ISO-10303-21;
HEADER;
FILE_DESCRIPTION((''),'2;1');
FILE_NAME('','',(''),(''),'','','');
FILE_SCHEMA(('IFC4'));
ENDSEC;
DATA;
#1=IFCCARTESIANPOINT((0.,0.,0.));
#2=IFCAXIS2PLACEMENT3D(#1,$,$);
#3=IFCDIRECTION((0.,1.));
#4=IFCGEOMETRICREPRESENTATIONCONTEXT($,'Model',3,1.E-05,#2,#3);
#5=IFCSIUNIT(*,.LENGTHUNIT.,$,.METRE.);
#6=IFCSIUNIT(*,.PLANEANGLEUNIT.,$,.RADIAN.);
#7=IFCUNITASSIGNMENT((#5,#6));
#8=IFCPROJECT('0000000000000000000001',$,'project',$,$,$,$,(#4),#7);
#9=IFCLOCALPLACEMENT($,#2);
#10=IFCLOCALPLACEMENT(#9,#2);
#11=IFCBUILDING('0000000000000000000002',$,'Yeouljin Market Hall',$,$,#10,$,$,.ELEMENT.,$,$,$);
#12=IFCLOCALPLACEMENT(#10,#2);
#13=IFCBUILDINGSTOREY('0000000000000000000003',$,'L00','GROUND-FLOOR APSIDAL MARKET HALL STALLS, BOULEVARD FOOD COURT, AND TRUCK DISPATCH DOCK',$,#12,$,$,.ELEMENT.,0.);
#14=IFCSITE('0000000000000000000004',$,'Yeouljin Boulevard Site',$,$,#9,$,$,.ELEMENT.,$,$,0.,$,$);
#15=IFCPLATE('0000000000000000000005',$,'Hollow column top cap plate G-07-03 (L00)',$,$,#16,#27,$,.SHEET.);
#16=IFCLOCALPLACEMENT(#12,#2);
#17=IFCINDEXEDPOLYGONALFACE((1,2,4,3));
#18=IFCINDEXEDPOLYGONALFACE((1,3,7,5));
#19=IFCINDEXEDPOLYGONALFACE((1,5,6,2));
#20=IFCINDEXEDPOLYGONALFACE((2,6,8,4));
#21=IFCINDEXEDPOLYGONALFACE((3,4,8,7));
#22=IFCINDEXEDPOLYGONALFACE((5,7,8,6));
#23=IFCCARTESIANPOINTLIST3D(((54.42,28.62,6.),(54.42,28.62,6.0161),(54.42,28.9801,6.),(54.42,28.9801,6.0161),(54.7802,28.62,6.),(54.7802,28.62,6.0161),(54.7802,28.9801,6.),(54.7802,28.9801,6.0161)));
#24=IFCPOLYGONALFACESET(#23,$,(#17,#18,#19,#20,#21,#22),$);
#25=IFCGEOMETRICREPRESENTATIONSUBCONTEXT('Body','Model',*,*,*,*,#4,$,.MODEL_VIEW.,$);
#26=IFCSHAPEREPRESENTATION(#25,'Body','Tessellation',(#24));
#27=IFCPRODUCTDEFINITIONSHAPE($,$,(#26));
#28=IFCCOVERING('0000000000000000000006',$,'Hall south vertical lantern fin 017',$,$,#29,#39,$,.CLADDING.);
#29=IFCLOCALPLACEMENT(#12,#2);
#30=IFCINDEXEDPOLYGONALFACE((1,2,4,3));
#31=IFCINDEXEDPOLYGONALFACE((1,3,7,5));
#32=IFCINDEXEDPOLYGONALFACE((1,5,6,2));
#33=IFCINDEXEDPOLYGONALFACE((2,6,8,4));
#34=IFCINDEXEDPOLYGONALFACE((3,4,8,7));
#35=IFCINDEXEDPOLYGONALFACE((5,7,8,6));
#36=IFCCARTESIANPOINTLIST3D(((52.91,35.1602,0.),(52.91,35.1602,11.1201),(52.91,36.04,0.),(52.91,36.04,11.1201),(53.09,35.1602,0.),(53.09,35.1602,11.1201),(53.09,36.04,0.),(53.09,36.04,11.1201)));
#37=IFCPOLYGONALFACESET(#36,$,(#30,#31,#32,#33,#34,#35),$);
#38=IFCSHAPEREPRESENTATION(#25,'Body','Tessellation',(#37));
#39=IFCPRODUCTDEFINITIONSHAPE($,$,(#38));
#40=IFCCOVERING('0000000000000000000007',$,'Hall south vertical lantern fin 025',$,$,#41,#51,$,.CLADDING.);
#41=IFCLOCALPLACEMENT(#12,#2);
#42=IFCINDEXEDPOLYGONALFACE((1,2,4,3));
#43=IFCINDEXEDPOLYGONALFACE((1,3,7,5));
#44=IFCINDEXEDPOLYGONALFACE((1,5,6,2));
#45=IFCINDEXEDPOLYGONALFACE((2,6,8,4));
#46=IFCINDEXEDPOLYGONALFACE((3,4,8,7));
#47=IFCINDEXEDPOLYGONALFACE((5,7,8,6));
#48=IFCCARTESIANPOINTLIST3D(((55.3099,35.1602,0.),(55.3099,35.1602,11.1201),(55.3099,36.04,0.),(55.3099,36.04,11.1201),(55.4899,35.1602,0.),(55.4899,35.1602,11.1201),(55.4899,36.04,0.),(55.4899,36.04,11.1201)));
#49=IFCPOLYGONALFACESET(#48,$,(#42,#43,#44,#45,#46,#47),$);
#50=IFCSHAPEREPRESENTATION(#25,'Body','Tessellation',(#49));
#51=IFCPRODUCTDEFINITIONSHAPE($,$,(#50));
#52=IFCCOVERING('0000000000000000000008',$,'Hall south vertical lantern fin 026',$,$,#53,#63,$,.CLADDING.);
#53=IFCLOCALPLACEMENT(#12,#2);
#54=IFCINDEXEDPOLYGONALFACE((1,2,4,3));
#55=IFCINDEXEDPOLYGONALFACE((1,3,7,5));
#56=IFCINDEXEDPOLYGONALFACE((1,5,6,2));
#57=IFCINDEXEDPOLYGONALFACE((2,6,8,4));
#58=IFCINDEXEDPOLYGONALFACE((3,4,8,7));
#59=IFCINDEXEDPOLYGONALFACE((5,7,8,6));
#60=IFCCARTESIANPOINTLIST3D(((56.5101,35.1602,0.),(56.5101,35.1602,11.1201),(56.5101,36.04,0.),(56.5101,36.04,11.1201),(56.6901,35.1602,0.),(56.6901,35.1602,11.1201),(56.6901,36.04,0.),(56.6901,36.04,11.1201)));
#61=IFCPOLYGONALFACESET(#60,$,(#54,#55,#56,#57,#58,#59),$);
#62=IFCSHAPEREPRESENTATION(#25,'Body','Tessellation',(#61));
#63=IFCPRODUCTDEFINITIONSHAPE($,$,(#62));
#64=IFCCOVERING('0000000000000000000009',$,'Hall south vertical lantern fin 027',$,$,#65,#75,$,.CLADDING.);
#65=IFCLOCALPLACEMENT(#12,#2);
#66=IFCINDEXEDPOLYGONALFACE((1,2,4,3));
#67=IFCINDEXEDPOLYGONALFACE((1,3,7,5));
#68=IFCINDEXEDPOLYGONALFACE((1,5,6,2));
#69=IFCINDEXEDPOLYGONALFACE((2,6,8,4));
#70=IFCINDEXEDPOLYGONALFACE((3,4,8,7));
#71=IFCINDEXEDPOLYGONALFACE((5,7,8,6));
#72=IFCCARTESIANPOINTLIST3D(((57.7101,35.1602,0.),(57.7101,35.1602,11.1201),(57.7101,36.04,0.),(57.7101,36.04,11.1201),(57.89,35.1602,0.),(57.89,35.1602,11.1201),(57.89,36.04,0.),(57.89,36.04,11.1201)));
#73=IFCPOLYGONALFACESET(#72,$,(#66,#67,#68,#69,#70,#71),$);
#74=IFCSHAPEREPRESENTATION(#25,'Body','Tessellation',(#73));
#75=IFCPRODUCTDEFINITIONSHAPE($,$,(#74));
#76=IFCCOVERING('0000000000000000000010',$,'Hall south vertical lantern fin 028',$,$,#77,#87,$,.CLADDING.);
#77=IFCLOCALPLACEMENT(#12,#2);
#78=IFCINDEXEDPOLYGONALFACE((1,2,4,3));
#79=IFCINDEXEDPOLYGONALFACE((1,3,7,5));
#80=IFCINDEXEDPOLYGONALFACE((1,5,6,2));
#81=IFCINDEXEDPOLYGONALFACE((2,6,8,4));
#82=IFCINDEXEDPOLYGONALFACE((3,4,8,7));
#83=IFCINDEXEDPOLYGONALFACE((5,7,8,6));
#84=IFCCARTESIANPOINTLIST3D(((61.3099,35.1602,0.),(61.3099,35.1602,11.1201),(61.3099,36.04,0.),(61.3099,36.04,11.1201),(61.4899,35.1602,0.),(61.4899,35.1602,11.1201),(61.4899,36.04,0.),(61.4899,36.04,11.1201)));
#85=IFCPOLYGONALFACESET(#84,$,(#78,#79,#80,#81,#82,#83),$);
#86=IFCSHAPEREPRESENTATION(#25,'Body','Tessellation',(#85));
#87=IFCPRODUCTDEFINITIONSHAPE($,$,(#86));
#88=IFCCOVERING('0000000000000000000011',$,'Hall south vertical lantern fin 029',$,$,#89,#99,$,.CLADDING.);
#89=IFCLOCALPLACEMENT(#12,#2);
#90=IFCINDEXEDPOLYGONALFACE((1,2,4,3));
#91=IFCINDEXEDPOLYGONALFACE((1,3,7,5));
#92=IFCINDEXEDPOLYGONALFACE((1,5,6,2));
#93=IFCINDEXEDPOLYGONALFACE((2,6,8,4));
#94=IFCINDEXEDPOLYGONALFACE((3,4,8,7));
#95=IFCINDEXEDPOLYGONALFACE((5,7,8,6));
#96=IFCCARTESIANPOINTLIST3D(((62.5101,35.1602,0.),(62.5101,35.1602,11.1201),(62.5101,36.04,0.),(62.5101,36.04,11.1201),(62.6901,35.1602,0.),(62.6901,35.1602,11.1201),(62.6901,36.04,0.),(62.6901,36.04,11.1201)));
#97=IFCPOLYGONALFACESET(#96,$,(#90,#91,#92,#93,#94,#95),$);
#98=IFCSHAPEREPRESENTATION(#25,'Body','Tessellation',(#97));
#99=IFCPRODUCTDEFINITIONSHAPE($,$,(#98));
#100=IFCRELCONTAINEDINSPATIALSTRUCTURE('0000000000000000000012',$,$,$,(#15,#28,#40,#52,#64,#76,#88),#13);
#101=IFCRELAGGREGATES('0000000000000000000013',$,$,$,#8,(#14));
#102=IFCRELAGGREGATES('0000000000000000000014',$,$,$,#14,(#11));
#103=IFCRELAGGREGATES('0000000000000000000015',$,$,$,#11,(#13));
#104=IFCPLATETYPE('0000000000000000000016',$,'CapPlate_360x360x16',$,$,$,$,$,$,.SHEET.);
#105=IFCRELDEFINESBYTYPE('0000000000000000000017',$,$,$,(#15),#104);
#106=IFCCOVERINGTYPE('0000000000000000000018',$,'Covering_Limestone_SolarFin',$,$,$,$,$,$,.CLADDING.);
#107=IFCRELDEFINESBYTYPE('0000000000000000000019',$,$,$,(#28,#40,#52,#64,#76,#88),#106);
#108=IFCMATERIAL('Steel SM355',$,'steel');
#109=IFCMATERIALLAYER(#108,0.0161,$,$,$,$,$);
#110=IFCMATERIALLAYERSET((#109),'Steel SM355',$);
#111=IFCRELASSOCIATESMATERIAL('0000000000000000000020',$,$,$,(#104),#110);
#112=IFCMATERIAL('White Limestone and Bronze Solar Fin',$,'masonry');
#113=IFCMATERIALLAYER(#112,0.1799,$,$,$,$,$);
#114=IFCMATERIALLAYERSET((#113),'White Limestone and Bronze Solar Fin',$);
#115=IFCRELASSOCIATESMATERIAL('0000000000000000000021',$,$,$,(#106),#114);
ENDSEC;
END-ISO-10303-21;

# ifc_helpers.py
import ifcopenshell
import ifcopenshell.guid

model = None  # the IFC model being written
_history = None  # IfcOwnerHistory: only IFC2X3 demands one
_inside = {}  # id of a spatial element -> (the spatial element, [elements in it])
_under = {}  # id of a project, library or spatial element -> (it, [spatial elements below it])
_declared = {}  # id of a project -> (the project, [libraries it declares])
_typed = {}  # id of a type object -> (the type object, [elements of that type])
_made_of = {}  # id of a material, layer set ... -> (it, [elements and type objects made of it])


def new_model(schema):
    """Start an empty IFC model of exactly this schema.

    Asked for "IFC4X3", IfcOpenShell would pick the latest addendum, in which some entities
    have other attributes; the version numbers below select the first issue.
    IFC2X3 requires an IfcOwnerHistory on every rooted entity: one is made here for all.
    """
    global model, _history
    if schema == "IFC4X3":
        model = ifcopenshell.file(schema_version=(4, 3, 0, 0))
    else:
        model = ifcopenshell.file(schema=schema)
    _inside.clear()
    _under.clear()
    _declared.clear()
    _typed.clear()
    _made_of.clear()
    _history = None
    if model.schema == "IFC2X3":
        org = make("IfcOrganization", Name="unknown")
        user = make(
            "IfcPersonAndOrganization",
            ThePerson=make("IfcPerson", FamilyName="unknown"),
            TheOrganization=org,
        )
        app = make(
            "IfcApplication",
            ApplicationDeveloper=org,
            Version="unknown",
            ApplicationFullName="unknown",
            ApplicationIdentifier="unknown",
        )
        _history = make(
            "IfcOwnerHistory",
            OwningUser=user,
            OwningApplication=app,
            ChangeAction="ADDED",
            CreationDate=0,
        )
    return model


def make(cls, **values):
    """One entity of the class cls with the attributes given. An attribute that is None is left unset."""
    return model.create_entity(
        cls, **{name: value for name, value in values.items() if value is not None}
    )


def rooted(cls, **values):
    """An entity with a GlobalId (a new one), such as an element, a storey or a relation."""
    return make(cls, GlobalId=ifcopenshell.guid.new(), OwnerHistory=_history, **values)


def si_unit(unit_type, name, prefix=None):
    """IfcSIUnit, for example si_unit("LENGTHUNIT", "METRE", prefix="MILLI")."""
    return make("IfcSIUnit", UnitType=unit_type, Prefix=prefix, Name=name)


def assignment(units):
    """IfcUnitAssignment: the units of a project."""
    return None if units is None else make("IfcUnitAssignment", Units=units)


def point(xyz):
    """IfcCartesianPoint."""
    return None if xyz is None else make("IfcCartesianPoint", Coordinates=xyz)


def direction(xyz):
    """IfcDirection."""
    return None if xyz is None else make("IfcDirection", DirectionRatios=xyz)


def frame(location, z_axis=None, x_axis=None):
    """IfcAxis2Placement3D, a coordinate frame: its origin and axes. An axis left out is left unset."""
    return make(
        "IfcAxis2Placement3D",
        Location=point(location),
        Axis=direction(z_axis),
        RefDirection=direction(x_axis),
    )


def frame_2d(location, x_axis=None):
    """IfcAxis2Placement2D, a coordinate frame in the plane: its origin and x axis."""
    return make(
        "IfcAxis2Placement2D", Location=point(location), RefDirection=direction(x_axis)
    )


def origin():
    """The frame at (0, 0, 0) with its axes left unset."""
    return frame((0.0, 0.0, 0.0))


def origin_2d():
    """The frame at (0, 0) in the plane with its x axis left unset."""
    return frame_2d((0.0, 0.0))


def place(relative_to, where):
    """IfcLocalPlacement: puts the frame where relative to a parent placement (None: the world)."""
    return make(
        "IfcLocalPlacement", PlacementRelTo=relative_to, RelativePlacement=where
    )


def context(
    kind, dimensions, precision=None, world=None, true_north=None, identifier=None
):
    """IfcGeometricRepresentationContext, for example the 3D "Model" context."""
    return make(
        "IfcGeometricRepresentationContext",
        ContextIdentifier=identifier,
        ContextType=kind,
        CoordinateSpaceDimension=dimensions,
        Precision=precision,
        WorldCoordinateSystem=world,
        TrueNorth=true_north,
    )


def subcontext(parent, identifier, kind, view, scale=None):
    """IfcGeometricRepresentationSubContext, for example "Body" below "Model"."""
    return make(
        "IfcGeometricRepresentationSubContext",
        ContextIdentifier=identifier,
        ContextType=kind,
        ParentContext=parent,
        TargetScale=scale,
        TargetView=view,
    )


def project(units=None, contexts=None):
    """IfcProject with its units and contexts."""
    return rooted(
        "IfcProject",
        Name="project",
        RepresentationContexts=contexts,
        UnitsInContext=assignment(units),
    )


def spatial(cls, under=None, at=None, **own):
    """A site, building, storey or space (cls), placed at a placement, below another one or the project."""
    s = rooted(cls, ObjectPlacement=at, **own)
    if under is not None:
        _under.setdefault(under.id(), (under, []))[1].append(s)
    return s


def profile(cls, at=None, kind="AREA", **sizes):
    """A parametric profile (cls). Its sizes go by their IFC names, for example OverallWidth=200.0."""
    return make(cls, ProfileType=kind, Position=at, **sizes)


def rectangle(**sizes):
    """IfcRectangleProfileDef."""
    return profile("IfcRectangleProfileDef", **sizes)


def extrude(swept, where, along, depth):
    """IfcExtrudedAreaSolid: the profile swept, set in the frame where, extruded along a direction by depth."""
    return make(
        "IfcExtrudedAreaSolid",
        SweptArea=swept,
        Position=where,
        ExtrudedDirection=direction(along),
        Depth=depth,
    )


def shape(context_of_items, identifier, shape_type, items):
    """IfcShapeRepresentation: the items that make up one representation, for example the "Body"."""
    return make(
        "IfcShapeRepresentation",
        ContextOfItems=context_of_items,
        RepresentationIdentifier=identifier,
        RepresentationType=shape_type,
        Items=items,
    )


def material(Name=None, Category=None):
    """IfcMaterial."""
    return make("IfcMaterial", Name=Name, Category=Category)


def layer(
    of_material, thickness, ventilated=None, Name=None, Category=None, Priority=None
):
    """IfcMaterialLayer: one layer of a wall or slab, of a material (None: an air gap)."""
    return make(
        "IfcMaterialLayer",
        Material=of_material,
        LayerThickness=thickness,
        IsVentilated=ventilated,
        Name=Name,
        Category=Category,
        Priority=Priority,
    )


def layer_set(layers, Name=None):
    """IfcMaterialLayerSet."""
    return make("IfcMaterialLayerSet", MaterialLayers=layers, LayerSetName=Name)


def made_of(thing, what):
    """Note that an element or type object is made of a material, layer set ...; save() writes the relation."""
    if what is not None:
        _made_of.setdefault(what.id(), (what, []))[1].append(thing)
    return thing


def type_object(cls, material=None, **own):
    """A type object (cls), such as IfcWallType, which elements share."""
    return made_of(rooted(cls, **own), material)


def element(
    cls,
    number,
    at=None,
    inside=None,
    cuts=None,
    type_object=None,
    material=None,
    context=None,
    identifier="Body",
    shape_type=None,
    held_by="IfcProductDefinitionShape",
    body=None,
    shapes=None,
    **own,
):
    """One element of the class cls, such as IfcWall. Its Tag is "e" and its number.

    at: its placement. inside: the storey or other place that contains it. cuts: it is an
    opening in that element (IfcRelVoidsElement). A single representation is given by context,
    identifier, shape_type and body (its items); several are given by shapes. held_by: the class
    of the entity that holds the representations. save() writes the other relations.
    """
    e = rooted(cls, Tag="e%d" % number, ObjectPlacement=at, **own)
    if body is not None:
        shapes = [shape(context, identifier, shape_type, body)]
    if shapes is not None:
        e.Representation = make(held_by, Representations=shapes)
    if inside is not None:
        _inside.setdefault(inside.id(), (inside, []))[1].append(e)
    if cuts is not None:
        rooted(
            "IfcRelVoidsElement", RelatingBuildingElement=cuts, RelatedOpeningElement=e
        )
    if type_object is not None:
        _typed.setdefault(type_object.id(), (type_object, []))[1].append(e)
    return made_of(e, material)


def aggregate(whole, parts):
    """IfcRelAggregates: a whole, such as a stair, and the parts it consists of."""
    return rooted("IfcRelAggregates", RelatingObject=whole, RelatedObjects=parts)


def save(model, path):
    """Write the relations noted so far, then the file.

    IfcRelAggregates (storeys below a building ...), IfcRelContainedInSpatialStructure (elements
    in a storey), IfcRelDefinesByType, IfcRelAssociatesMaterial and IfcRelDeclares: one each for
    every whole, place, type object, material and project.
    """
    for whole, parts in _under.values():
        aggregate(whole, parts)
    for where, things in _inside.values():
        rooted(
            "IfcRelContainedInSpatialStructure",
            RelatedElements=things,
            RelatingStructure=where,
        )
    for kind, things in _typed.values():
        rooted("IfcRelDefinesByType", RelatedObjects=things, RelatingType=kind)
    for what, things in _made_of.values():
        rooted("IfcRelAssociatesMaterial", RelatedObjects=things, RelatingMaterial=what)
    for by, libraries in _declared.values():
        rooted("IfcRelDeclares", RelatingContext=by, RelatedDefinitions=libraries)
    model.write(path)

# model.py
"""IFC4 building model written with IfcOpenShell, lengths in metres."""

from ifc_helpers import new_model, si_unit, direction, frame, origin, origin_2d, place, context, subcontext, project, spatial, rectangle, extrude, material, layer, layer_set, type_object, element, save


model = new_model("IFC4")

# Units and contexts
model_context = context("Model", 3, precision=1e-05, world=origin(), true_north=direction((0.0, 1.0)))
body_context = subcontext(model_context, "Body", "Model", "MODEL_VIEW")
ifc_project = project(units=[si_unit("LENGTHUNIT", "METRE"), si_unit("PLANEANGLEUNIT", "RADIAN")], contexts=[model_context])

# Site, building, storey
site_placement = place(None, origin())
site = spatial("IfcSite", under=ifc_project, at=site_placement, Name="Yeouljin Boulevard Site", CompositionType="ELEMENT", RefElevation=0.0)
building_placement = place(site_placement, origin())
building = spatial("IfcBuilding", under=site, at=building_placement, Name="Yeouljin Market Hall", CompositionType="ELEMENT")
storey_placement = place(building_placement, origin())
storey = spatial("IfcBuildingStorey", under=building, at=storey_placement, Name="L00", Description="GROUND-FLOOR APSIDAL MARKET HALL STALLS, BOULEVARD FOOD COURT, AND TRUCK DISPATCH DOCK", CompositionType="ELEMENT", Elevation=0.0)

# Plate
ifc_material_1 = material(Name="Steel SM355", Category="steel")
ifc_layer_1 = layer(ifc_material_1, 0.0161)
ifc_layer_set_1 = layer_set([ifc_layer_1], Name="Steel SM355")
plate_type_1 = type_object("IfcPlateType", Name="CapPlate_360x360x16", PredefinedType="SHEET", material=ifc_layer_set_1)
for number, where, z_axis, x_axis, name in (
    (1, (54.6001, 28.8, 6.0), (0.0, 0.0, 1.0), (1.0, 0.0, 0.0), "Hollow column top cap plate G-07-03 (L00)"),
):
    element("IfcPlate", number, at=place(storey_placement, frame(where, z_axis=z_axis, x_axis=x_axis)), inside=storey, type_object=plate_type_1, Name=name, PredefinedType="SHEET", context=body_context, shape_type="SweptSolid", body=[
        extrude(rectangle(XDim=0.3601, YDim=0.3601, at=origin_2d()), origin(), (0.0, 0.0, 1.0), 0.0161),
    ])

# Coverings
ifc_material_2 = material(Name="White Limestone and Bronze Solar Fin", Category="masonry")
ifc_layer_2 = layer(ifc_material_2, 0.1799)
ifc_layer_set_2 = layer_set([ifc_layer_2], Name="White Limestone and Bronze Solar Fin")
covering_type = type_object("IfcCoveringType", Name="Covering_Limestone_SolarFin", PredefinedType="CLADDING", material=ifc_layer_set_2)
for number, where, z_axis, x_axis, name in (
    (2, (53.0, 35.6001, 0.0), (0.0, 0.0, 1.0), (1.0, 0.0, 0.0), "Hall south vertical lantern fin 017"),
    (3, (55.3999, 35.6001, 0.0), (0.0, 0.0, 1.0), (1.0, 0.0, 0.0), "Hall south vertical lantern fin 025"),
    (4, (56.6001, 35.6001, 0.0), (0.0, 0.0, 1.0), (1.0, 0.0, 0.0), "Hall south vertical lantern fin 026"),
    (5, (57.8, 35.6001, 0.0), (0.0, 0.0, 1.0), (1.0, 0.0, 0.0), "Hall south vertical lantern fin 027"),
    (6, (61.3999, 35.6001, 0.0), (0.0, 0.0, 1.0), (1.0, 0.0, 0.0), "Hall south vertical lantern fin 028"),
    (7, (62.6001, 35.6001, 0.0), (0.0, 0.0, 1.0), (1.0, 0.0, 0.0), "Hall south vertical lantern fin 029"),
):
    element("IfcCovering", number, at=place(storey_placement, frame(where, z_axis=z_axis, x_axis=x_axis)), inside=storey, type_object=covering_type, Name=name, PredefinedType="CLADDING", context=body_context, shape_type="SweptSolid", body=[
        extrude(rectangle(XDim=0.1799, YDim=0.8799, at=origin_2d()), origin(), (0.0, 0.0, 1.0), 11.1201),
    ])

save(model, "model.ifc")
